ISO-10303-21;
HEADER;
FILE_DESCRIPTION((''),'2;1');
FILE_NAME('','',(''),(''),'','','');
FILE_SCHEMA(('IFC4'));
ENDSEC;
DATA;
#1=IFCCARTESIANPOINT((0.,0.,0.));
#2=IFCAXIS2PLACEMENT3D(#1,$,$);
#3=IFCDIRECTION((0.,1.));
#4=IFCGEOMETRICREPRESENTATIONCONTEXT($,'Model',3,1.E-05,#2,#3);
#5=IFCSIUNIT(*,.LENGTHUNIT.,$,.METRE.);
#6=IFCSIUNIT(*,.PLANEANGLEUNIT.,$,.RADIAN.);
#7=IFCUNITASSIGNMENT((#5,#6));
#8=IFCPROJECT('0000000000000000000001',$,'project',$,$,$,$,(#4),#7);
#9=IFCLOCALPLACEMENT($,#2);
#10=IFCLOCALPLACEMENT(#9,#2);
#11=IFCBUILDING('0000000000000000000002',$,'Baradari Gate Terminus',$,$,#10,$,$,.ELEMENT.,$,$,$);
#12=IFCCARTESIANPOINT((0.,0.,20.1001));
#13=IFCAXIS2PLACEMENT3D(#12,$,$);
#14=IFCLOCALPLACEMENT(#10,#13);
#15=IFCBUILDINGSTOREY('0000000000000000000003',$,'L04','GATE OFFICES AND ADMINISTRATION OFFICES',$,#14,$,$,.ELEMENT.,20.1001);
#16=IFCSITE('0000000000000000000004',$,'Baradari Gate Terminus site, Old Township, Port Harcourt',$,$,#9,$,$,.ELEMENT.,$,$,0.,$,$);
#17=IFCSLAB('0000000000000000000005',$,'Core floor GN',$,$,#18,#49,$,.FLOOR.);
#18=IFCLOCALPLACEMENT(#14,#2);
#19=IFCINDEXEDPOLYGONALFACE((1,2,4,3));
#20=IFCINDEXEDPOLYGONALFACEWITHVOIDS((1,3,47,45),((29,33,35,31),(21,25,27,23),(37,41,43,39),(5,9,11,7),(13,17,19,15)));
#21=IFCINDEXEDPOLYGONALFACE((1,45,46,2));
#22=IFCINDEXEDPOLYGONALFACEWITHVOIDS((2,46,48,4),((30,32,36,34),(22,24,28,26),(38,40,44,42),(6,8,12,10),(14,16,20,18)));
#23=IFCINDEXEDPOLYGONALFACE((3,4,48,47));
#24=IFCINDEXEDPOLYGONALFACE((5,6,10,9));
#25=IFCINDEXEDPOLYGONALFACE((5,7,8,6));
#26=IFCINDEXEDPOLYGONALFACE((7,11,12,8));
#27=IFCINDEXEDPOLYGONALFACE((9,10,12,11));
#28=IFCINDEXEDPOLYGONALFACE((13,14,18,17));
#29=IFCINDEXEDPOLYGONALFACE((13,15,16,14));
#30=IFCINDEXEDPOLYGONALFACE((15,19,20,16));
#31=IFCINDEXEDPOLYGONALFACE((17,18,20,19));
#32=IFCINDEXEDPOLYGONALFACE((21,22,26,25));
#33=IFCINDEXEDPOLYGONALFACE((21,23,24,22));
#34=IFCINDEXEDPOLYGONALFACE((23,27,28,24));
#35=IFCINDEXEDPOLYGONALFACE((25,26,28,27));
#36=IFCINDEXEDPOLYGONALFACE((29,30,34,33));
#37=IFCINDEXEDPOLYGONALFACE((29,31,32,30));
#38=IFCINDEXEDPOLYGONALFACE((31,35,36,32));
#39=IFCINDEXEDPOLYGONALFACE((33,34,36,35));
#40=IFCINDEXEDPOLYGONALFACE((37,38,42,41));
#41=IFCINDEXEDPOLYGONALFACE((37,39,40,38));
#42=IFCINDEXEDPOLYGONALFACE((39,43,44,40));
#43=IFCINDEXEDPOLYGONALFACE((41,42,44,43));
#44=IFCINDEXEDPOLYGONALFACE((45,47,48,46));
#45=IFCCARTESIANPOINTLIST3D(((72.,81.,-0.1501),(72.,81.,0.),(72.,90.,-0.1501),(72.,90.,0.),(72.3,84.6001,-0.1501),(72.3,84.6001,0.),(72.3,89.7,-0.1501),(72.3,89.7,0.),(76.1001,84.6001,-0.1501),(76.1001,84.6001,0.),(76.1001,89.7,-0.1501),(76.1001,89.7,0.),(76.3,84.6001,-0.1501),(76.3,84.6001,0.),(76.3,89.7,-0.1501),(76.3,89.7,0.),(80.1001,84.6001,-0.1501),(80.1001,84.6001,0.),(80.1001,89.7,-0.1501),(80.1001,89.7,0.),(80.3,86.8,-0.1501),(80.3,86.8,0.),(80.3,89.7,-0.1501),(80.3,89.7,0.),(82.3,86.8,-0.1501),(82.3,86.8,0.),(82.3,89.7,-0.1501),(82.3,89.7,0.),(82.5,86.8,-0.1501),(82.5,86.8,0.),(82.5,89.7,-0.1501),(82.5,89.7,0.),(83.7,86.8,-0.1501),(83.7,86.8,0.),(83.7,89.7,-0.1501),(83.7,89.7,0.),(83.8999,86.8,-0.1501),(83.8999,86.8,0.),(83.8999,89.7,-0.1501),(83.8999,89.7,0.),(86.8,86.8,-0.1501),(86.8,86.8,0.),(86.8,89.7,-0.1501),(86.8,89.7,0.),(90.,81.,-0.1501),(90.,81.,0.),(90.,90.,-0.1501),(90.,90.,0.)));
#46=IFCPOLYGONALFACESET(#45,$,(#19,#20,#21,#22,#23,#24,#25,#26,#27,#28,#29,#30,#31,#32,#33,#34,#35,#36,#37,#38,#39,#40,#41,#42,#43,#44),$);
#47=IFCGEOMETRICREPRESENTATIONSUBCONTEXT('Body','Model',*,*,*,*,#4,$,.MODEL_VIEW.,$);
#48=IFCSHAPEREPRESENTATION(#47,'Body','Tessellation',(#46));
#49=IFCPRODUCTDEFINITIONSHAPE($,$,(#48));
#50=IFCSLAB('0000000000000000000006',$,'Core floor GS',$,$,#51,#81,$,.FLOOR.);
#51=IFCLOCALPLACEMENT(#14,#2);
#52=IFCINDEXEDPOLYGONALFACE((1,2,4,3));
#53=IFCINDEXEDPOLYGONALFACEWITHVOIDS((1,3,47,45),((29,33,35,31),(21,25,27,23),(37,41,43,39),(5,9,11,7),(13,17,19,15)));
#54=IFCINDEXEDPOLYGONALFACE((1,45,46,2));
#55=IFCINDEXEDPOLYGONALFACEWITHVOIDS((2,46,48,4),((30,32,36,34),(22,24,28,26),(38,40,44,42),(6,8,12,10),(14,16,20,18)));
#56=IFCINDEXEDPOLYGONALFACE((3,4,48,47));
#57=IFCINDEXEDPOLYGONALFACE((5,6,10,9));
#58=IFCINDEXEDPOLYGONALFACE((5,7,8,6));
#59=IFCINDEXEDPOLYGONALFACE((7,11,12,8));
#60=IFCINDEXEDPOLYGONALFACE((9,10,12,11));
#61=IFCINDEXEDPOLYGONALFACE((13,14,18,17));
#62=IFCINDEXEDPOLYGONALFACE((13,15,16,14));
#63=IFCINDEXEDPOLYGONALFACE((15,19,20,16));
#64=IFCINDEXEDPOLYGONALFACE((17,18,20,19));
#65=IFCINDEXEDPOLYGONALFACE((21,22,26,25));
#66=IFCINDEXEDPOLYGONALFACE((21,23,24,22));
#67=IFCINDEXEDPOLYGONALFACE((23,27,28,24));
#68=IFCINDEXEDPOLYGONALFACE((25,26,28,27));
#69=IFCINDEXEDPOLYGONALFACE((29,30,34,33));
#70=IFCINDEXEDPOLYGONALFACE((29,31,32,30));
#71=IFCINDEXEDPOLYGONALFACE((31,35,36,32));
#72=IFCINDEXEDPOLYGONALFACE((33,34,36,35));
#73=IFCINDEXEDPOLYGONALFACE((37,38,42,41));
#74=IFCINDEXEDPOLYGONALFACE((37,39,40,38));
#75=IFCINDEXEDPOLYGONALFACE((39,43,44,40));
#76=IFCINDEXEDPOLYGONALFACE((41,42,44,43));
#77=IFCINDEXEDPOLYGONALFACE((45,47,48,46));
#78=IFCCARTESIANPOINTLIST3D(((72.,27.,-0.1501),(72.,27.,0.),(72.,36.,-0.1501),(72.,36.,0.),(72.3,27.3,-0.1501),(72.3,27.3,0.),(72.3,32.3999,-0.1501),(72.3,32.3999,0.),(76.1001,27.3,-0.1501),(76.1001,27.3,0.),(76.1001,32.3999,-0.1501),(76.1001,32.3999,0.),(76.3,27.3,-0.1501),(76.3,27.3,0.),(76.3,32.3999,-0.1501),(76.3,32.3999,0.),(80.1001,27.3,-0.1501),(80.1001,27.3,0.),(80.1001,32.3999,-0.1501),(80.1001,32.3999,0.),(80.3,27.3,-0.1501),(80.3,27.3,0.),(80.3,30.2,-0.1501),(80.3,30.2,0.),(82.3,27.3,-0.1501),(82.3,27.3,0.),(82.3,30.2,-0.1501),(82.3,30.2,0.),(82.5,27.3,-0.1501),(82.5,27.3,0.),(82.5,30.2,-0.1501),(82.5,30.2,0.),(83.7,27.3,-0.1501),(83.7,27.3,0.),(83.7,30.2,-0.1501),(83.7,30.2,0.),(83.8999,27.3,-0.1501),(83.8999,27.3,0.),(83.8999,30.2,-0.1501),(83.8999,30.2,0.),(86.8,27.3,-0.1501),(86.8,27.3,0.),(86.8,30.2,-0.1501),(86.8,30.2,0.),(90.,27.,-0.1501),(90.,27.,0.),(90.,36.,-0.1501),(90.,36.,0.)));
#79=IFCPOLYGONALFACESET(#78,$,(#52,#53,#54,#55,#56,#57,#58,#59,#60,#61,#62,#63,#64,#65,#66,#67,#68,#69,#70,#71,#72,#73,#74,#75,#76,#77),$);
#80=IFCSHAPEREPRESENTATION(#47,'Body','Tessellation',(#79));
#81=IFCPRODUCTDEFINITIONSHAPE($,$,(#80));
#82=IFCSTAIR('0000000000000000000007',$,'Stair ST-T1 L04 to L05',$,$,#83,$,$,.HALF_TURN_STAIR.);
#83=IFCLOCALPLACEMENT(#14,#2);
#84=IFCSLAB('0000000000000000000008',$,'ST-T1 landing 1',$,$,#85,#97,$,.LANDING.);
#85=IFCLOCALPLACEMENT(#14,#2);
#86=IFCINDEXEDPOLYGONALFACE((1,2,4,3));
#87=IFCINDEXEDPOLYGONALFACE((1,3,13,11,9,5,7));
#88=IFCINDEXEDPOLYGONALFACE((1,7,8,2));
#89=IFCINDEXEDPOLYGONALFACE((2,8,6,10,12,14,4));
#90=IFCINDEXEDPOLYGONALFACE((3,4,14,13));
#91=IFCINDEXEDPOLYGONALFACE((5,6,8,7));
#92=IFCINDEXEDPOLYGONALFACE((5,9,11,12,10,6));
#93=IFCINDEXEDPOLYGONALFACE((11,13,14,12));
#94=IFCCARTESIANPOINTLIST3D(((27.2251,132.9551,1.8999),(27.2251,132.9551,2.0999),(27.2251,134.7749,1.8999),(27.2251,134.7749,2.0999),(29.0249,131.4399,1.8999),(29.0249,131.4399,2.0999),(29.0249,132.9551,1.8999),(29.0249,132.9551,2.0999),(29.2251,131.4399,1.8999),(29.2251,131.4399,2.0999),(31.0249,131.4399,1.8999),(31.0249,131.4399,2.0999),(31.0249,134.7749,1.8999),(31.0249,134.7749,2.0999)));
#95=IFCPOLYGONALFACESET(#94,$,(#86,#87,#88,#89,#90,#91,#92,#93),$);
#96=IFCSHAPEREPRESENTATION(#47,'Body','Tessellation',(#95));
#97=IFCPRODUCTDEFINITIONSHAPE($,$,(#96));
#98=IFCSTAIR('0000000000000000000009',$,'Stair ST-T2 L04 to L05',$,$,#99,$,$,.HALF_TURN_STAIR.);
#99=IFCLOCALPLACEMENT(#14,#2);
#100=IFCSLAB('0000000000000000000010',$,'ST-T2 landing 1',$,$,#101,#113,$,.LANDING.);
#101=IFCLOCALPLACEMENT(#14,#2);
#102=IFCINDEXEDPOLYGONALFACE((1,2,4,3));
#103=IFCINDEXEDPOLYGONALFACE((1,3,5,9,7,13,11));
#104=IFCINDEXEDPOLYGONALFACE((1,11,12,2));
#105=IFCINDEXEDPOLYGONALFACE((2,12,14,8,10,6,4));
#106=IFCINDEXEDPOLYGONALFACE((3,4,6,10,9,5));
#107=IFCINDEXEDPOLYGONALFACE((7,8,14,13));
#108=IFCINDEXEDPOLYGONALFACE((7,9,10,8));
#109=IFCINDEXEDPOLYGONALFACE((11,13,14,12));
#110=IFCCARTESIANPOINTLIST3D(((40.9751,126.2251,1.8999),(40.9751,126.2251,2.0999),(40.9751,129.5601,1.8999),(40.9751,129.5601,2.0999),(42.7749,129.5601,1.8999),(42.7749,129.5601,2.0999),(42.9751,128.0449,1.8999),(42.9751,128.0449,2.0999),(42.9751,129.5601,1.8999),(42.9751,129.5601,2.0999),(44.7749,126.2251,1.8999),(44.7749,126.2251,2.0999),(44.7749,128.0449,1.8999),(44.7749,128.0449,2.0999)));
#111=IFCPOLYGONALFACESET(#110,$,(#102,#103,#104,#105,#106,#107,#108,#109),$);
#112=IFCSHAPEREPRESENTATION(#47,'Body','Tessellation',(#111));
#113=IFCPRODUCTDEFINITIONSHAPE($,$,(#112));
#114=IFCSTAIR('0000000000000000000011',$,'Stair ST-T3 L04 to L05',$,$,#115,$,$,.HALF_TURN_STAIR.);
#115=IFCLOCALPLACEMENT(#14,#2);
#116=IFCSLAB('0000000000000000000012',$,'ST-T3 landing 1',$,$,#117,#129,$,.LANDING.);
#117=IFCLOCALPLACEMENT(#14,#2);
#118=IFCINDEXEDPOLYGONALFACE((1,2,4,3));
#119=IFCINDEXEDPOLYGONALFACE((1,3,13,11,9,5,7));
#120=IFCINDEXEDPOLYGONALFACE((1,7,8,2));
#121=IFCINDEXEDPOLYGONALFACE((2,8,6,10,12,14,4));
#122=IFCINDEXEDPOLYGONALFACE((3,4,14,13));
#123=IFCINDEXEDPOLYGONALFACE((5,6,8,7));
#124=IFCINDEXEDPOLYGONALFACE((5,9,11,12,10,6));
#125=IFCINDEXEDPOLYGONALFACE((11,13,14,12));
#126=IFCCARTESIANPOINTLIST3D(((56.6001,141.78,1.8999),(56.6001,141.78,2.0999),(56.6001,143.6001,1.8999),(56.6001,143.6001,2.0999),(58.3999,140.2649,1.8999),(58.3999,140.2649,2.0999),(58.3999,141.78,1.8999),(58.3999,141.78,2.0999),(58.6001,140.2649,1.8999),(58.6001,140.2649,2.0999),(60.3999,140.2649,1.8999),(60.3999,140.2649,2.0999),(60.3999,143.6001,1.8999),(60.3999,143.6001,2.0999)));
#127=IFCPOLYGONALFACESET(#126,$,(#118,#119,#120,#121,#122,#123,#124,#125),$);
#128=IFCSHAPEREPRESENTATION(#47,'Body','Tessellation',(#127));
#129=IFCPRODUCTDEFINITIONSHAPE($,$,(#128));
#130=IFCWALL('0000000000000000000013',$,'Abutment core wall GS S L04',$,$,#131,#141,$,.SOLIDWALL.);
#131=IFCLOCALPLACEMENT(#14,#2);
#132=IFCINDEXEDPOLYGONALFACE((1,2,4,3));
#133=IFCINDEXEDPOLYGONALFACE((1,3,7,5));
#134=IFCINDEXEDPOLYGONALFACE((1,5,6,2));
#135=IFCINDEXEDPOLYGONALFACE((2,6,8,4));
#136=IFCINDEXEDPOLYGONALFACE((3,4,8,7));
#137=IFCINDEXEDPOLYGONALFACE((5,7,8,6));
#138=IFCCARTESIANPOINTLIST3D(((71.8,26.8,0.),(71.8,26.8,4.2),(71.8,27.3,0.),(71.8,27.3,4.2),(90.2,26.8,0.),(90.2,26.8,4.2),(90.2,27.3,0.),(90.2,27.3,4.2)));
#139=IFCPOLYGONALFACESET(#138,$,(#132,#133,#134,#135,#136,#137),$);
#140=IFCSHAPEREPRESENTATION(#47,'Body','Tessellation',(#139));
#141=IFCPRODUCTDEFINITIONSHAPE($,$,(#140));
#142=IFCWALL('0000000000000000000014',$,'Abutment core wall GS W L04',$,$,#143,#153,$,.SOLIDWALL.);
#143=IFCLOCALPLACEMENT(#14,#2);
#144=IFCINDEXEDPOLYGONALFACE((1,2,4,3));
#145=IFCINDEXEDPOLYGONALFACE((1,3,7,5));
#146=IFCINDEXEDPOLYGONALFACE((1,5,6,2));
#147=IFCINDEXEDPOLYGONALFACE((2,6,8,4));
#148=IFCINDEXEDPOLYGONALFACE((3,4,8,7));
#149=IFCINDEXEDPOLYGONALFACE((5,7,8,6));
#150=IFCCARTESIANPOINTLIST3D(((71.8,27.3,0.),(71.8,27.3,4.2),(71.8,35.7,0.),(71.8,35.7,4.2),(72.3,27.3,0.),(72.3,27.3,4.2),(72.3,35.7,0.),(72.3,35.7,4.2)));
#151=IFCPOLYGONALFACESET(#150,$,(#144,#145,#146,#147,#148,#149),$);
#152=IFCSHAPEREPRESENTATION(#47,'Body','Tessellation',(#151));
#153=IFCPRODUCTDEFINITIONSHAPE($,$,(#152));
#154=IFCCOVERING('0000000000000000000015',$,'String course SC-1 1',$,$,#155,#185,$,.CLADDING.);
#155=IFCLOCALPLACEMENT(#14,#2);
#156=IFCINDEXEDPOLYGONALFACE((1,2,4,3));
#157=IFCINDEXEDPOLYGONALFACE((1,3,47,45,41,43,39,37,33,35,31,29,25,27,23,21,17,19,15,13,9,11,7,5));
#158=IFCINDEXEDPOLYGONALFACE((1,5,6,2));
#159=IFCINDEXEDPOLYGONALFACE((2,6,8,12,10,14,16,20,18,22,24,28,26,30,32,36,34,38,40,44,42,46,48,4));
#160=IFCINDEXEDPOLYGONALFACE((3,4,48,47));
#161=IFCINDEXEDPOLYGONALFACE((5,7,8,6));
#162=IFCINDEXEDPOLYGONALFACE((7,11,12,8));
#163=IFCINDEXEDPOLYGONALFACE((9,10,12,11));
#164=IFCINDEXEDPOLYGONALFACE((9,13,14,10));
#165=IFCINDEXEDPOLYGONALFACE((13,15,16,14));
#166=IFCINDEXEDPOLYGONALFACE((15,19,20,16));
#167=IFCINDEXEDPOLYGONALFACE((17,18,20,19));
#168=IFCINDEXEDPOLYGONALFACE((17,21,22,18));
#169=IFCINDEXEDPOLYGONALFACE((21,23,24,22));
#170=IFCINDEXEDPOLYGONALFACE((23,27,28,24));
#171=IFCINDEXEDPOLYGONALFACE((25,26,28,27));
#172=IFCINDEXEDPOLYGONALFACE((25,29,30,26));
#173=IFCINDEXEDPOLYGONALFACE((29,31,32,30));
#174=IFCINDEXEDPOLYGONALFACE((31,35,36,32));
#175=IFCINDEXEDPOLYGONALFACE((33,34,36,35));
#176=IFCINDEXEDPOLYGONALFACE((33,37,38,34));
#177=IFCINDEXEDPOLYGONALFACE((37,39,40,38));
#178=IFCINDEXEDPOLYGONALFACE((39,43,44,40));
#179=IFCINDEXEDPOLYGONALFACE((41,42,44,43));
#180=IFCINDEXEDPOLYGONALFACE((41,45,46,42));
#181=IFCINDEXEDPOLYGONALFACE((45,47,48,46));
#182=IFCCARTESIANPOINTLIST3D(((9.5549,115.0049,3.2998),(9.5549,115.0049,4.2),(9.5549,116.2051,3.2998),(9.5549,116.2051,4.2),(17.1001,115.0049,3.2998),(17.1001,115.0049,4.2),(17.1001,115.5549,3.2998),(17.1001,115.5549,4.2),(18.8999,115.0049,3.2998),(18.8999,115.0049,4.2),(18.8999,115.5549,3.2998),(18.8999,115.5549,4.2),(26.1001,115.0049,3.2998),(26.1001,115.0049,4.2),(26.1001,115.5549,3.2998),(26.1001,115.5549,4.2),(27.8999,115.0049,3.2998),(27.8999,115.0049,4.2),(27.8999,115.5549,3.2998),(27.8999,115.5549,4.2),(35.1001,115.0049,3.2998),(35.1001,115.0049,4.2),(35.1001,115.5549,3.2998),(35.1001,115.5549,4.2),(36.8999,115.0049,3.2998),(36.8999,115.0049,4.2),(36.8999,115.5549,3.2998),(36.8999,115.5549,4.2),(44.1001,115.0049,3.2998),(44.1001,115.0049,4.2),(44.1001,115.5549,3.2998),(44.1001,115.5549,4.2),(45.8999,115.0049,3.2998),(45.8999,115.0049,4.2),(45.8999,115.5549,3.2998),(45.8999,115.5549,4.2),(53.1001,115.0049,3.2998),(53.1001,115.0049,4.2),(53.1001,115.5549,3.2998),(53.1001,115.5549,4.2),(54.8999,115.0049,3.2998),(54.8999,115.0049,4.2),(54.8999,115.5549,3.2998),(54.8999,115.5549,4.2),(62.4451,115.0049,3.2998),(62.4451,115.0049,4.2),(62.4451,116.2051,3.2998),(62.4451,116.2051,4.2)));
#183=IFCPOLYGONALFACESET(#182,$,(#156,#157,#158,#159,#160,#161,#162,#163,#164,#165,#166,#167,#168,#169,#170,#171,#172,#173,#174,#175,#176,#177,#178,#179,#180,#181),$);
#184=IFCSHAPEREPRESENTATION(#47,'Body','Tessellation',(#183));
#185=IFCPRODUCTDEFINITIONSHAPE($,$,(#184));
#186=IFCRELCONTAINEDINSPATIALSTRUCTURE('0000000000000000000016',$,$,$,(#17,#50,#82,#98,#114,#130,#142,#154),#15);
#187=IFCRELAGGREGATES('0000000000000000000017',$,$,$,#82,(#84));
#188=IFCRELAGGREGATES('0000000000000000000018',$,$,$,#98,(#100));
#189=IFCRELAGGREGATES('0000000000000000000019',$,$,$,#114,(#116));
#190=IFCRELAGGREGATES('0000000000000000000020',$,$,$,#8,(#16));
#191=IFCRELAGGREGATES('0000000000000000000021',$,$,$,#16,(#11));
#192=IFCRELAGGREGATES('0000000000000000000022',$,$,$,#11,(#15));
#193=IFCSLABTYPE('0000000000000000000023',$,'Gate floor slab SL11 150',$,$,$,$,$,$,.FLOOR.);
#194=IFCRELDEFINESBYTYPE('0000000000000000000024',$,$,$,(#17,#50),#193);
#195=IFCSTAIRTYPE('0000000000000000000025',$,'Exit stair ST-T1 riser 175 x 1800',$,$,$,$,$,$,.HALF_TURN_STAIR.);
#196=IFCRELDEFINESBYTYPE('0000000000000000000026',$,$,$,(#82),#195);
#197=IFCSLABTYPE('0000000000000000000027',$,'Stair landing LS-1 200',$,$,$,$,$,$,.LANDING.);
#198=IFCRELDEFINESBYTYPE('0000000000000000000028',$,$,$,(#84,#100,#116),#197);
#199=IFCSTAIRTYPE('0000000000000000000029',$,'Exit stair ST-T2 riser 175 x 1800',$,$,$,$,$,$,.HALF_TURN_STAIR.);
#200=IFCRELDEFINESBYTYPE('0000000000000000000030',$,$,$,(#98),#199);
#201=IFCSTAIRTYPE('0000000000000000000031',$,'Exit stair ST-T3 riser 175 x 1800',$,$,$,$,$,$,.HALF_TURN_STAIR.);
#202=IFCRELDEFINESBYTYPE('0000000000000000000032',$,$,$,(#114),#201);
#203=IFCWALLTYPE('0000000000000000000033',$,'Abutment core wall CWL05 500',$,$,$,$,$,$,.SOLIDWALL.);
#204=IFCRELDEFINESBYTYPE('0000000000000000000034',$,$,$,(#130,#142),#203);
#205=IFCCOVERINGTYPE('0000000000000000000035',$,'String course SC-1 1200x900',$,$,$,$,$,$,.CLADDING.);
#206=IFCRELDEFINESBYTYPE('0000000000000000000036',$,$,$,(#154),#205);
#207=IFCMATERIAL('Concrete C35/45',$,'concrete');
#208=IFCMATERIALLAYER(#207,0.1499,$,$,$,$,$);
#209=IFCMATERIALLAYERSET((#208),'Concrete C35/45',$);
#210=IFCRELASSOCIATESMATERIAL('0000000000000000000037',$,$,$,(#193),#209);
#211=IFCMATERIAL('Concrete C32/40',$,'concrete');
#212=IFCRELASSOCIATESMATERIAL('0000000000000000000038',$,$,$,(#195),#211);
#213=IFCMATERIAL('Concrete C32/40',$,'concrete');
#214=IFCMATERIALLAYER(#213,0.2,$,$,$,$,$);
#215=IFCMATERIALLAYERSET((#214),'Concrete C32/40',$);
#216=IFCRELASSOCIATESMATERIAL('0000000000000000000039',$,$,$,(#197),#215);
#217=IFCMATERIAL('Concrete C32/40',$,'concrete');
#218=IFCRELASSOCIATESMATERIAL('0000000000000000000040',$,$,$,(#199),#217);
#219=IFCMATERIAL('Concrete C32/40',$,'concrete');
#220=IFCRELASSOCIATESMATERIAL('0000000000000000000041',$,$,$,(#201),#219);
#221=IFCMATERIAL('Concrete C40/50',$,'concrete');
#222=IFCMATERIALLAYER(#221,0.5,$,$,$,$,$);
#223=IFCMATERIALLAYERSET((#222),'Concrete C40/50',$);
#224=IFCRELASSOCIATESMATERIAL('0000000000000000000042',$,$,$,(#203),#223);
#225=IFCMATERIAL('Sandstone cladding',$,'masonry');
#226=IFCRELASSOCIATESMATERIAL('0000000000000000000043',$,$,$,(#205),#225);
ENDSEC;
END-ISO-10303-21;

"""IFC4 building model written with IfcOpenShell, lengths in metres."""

from ifc_helpers import new_model, si_unit, direction, frame, frame_2d, origin, place, context, subcontext, project, spatial, polyline, rectangle, outline, extrude, material, layer, layer_set, type_object, element, aggregate, save


model = new_model("IFC4")

# Units and contexts
model_context = context("Model", 3, precision=1e-05, world=origin(), true_north=direction((0.0, 1.0)))
body_context = subcontext(model_context, "Body", "Model", "MODEL_VIEW")
ifc_project = project(units=[si_unit("LENGTHUNIT", "METRE"), si_unit("PLANEANGLEUNIT", "RADIAN")], contexts=[model_context])

# Site, building, storey
site_placement = place(None, origin())
site = spatial("IfcSite", under=ifc_project, at=site_placement, Name="Baradari Gate Terminus site, Old Township, Port Harcourt", CompositionType="ELEMENT", RefElevation=0.0)
building_placement = place(site_placement, origin())
building = spatial("IfcBuilding", under=site, at=building_placement, Name="Baradari Gate Terminus", CompositionType="ELEMENT")
storey_placement = place(building_placement, frame((0.0, 0.0, 20.1001)))
storey = spatial("IfcBuildingStorey", under=building, at=storey_placement, Name="L04", Description="GATE OFFICES AND ADMINISTRATION OFFICES", CompositionType="ELEMENT", Elevation=20.1001)

# Slabs
ifc_material_1 = material(Name="Concrete C35/45", Category="concrete")
ifc_layer_1 = layer(ifc_material_1, 0.1499)
ifc_layer_set_1 = layer_set([ifc_layer_1], Name="Concrete C35/45")
slab_type_1 = type_object("IfcSlabType", Name="Gate floor slab SL11 150", PredefinedType="FLOOR", material=ifc_layer_set_1)
slab_1_placement = place(storey_placement, frame((0.0, 0.0, -0.1501)))
element("IfcSlab", 1, at=slab_1_placement, inside=storey, type_object=slab_type_1, Name="Core floor GN", PredefinedType="FLOOR", context=body_context, shape_type="SweptSolid", body=[
    extrude(outline(polyline([(72.0, 81.0), (90.0, 81.0), (90.0, 90.0), (72.0, 90.0), (72.0, 81.0)]), holes=[polyline([(86.8, 86.8), (86.8, 89.7), (83.8999, 89.7), (83.8999, 86.8), (86.8, 86.8)]), polyline([(83.7, 89.7), (82.5, 89.7), (82.5, 86.8), (83.7, 86.8), (83.7, 89.7)]), polyline([(82.3, 89.7), (80.3, 89.7), (80.3, 86.8), (82.3, 86.8), (82.3, 89.7)]), polyline([(76.3, 89.7), (76.3, 84.6001), (80.1001, 84.6001), (80.1001, 89.7), (76.3, 89.7)]), polyline([(72.3, 84.6001), (76.1001, 84.6001), (76.1001, 89.7), (72.3, 89.7), (72.3, 84.6001)])]), origin(), (0.0, 0.0, 1.0), 0.1501),
])
slab_2_placement = place(storey_placement, frame((0.0, 0.0, -0.1501)))
element("IfcSlab", 2, at=slab_2_placement, inside=storey, type_object=slab_type_1, Name="Core floor GS", PredefinedType="FLOOR", context=body_context, shape_type="SweptSolid", body=[
    extrude(outline(polyline([(72.0, 27.0), (90.0, 27.0), (90.0, 36.0), (72.0, 36.0), (72.0, 27.0)]), holes=[polyline([(86.8, 27.3), (86.8, 30.2), (83.8999, 30.2), (83.8999, 27.3), (86.8, 27.3)]), polyline([(83.7, 30.2), (82.5, 30.2), (82.5, 27.3), (83.7, 27.3), (83.7, 30.2)]), polyline([(82.3, 30.2), (80.3, 30.2), (80.3, 27.3), (82.3, 27.3), (82.3, 30.2)]), polyline([(76.3, 32.3999), (76.3, 27.3), (80.1001, 27.3), (80.1001, 32.3999), (76.3, 32.3999)]), polyline([(72.3, 27.3), (76.1001, 27.3), (76.1001, 32.3999), (72.3, 32.3999), (72.3, 27.3)])]), origin(), (0.0, 0.0, 1.0), 0.1501),
])

# Stairs, slabs
ifc_material_2 = material(Name="Concrete C32/40", Category="concrete")
stair_type_1 = type_object("IfcStairType", Name="Exit stair ST-T1 riser 175 x 1800", PredefinedType="HALF_TURN_STAIR", material=ifc_material_2)
stair_1_placement = place(storey_placement, origin())
stair_1 = element("IfcStair", 3, at=stair_1_placement, inside=storey, type_object=stair_type_1, Name="Stair ST-T1 L04 to L05", PredefinedType="HALF_TURN_STAIR")
ifc_material_3 = material(Name="Concrete C32/40", Category="concrete")
ifc_layer_2 = layer(ifc_material_3, 0.2)
ifc_layer_set_2 = layer_set([ifc_layer_2], Name="Concrete C32/40")
slab_type_2 = type_object("IfcSlabType", Name="Stair landing LS-1 200", PredefinedType="LANDING", material=ifc_layer_set_2)
slab_3_placement = place(storey_placement, frame((0.0, 0.0, 1.8999)))
slab_3 = element("IfcSlab", 4, at=slab_3_placement, type_object=slab_type_2, Name="ST-T1 landing 1", PredefinedType="LANDING", context=body_context, shape_type="SweptSolid", body=[
    extrude(outline(polyline([(27.2251, 134.7749), (27.2251, 132.9551), (29.0249, 132.9551), (29.0249, 131.4399), (29.2251, 131.4399), (31.0249, 131.4399), (31.0249, 134.7749), (27.2251, 134.7749)])), origin(), (0.0, 0.0, 1.0), 0.2),
])
aggregate(stair_1, [slab_3])
ifc_material_4 = material(Name="Concrete C32/40", Category="concrete")
stair_type_2 = type_object("IfcStairType", Name="Exit stair ST-T2 riser 175 x 1800", PredefinedType="HALF_TURN_STAIR", material=ifc_material_4)
stair_2_placement = place(storey_placement, origin())
stair_2 = element("IfcStair", 5, at=stair_2_placement, inside=storey, type_object=stair_type_2, Name="Stair ST-T2 L04 to L05", PredefinedType="HALF_TURN_STAIR")
slab_4_placement = place(storey_placement, frame((0.0, 0.0, 1.8999)))
slab_4 = element("IfcSlab", 6, at=slab_4_placement, type_object=slab_type_2, Name="ST-T2 landing 1", PredefinedType="LANDING", context=body_context, shape_type="SweptSolid", body=[
    extrude(outline(polyline([(44.7749, 126.2251), (44.7749, 128.0449), (42.9751, 128.0449), (42.9751, 129.5601), (42.7749, 129.5601), (40.9751, 129.5601), (40.9751, 126.2251), (44.7749, 126.2251)])), origin(), (0.0, 0.0, 1.0), 0.2),
])
aggregate(stair_2, [slab_4])
ifc_material_5 = material(Name="Concrete C32/40", Category="concrete")
stair_type_3 = type_object("IfcStairType", Name="Exit stair ST-T3 riser 175 x 1800", PredefinedType="HALF_TURN_STAIR", material=ifc_material_5)
stair_3_placement = place(storey_placement, origin())
stair_3 = element("IfcStair", 7, at=stair_3_placement, inside=storey, type_object=stair_type_3, Name="Stair ST-T3 L04 to L05", PredefinedType="HALF_TURN_STAIR")
slab_5_placement = place(storey_placement, frame((0.0, 0.0, 1.8999)))
slab_5 = element("IfcSlab", 8, at=slab_5_placement, type_object=slab_type_2, Name="ST-T3 landing 1", PredefinedType="LANDING", context=body_context, shape_type="SweptSolid", body=[
    extrude(outline(polyline([(56.6001, 143.6001), (56.6001, 141.78), (58.3999, 141.78), (58.3999, 140.2649), (58.6001, 140.2649), (60.3999, 140.2649), (60.3999, 143.6001), (56.6001, 143.6001)])), origin(), (0.0, 0.0, 1.0), 0.2),
])
aggregate(stair_3, [slab_5])

# Wall
ifc_material_6 = material(Name="Concrete C40/50", Category="concrete")
ifc_layer_3 = layer(ifc_material_6, 0.5)
ifc_layer_set_3 = layer_set([ifc_layer_3], Name="Concrete C40/50")
wall_type = type_object("IfcWallType", Name="Abutment core wall CWL05 500", PredefinedType="SOLIDWALL", material=ifc_layer_set_3)
wall_1_placement = place(storey_placement, frame((71.8, 27.05, 0.0), z_axis=(0.0, 0.0, 1.0), x_axis=(1.0, 0.0, 0.0)))
element("IfcWall", 9, at=wall_1_placement, inside=storey, type_object=wall_type, Name="Abutment core wall GS S L04", PredefinedType="SOLIDWALL", context=body_context, shape_type="SweptSolid", body=[
    extrude(rectangle(XDim=18.3999, YDim=0.5, at=frame_2d((9.2, 0.0))), origin(), (0.0, 0.0, 1.0), 4.2),
])

# Wall
wall_2_placement = place(storey_placement, frame((72.05, 27.3, 0.0), z_axis=(0.0, 0.0, 1.0), x_axis=(0.0, 1.0, 0.0)))
element("IfcWall", 10, at=wall_2_placement, inside=storey, type_object=wall_type, Name="Abutment core wall GS W L04", PredefinedType="SOLIDWALL", context=body_context, shape_type="SweptSolid", body=[
    extrude(rectangle(XDim=8.3999, YDim=0.5, at=frame_2d((4.2, 0.0))), origin(), (0.0, 0.0, 1.0), 4.2),
])

# Covering
ifc_material_7 = material(Name="Sandstone cladding", Category="masonry")
covering_type = type_object("IfcCoveringType", Name="String course SC-1 1200x900", PredefinedType="CLADDING", material=ifc_material_7)
covering_1_placement = place(storey_placement, frame((0.0, 0.0, 3.2998)))
element("IfcCovering", 11, at=covering_1_placement, inside=storey, type_object=covering_type, Name="String course SC-1 1", PredefinedType="CLADDING", context=body_context, shape_type="SweptSolid", body=[
    extrude(outline(polyline([(54.8999, 115.0049), (54.8999, 115.5549), (53.1001, 115.5549), (53.1001, 115.0049), (45.8999, 115.0049), (45.8999, 115.5549), (44.1001, 115.5549), (44.1001, 115.0049), (36.8999, 115.0049), (36.8999, 115.5549), (35.1001, 115.5549), (35.1001, 115.0049), (27.8999, 115.0049), (27.8999, 115.5549), (26.1001, 115.5549), (26.1001, 115.0049), (18.8999, 115.0049), (18.8999, 115.5549), (17.1001, 115.5549), (17.1001, 115.0049), (9.5549, 115.0049), (9.5549, 116.2051), (62.4451, 116.2051), (62.4451, 115.0049), (54.8999, 115.0049)])), origin(), (0.0, 0.0, 1.0), 0.9001),
])

save(model, "model.ifc")
